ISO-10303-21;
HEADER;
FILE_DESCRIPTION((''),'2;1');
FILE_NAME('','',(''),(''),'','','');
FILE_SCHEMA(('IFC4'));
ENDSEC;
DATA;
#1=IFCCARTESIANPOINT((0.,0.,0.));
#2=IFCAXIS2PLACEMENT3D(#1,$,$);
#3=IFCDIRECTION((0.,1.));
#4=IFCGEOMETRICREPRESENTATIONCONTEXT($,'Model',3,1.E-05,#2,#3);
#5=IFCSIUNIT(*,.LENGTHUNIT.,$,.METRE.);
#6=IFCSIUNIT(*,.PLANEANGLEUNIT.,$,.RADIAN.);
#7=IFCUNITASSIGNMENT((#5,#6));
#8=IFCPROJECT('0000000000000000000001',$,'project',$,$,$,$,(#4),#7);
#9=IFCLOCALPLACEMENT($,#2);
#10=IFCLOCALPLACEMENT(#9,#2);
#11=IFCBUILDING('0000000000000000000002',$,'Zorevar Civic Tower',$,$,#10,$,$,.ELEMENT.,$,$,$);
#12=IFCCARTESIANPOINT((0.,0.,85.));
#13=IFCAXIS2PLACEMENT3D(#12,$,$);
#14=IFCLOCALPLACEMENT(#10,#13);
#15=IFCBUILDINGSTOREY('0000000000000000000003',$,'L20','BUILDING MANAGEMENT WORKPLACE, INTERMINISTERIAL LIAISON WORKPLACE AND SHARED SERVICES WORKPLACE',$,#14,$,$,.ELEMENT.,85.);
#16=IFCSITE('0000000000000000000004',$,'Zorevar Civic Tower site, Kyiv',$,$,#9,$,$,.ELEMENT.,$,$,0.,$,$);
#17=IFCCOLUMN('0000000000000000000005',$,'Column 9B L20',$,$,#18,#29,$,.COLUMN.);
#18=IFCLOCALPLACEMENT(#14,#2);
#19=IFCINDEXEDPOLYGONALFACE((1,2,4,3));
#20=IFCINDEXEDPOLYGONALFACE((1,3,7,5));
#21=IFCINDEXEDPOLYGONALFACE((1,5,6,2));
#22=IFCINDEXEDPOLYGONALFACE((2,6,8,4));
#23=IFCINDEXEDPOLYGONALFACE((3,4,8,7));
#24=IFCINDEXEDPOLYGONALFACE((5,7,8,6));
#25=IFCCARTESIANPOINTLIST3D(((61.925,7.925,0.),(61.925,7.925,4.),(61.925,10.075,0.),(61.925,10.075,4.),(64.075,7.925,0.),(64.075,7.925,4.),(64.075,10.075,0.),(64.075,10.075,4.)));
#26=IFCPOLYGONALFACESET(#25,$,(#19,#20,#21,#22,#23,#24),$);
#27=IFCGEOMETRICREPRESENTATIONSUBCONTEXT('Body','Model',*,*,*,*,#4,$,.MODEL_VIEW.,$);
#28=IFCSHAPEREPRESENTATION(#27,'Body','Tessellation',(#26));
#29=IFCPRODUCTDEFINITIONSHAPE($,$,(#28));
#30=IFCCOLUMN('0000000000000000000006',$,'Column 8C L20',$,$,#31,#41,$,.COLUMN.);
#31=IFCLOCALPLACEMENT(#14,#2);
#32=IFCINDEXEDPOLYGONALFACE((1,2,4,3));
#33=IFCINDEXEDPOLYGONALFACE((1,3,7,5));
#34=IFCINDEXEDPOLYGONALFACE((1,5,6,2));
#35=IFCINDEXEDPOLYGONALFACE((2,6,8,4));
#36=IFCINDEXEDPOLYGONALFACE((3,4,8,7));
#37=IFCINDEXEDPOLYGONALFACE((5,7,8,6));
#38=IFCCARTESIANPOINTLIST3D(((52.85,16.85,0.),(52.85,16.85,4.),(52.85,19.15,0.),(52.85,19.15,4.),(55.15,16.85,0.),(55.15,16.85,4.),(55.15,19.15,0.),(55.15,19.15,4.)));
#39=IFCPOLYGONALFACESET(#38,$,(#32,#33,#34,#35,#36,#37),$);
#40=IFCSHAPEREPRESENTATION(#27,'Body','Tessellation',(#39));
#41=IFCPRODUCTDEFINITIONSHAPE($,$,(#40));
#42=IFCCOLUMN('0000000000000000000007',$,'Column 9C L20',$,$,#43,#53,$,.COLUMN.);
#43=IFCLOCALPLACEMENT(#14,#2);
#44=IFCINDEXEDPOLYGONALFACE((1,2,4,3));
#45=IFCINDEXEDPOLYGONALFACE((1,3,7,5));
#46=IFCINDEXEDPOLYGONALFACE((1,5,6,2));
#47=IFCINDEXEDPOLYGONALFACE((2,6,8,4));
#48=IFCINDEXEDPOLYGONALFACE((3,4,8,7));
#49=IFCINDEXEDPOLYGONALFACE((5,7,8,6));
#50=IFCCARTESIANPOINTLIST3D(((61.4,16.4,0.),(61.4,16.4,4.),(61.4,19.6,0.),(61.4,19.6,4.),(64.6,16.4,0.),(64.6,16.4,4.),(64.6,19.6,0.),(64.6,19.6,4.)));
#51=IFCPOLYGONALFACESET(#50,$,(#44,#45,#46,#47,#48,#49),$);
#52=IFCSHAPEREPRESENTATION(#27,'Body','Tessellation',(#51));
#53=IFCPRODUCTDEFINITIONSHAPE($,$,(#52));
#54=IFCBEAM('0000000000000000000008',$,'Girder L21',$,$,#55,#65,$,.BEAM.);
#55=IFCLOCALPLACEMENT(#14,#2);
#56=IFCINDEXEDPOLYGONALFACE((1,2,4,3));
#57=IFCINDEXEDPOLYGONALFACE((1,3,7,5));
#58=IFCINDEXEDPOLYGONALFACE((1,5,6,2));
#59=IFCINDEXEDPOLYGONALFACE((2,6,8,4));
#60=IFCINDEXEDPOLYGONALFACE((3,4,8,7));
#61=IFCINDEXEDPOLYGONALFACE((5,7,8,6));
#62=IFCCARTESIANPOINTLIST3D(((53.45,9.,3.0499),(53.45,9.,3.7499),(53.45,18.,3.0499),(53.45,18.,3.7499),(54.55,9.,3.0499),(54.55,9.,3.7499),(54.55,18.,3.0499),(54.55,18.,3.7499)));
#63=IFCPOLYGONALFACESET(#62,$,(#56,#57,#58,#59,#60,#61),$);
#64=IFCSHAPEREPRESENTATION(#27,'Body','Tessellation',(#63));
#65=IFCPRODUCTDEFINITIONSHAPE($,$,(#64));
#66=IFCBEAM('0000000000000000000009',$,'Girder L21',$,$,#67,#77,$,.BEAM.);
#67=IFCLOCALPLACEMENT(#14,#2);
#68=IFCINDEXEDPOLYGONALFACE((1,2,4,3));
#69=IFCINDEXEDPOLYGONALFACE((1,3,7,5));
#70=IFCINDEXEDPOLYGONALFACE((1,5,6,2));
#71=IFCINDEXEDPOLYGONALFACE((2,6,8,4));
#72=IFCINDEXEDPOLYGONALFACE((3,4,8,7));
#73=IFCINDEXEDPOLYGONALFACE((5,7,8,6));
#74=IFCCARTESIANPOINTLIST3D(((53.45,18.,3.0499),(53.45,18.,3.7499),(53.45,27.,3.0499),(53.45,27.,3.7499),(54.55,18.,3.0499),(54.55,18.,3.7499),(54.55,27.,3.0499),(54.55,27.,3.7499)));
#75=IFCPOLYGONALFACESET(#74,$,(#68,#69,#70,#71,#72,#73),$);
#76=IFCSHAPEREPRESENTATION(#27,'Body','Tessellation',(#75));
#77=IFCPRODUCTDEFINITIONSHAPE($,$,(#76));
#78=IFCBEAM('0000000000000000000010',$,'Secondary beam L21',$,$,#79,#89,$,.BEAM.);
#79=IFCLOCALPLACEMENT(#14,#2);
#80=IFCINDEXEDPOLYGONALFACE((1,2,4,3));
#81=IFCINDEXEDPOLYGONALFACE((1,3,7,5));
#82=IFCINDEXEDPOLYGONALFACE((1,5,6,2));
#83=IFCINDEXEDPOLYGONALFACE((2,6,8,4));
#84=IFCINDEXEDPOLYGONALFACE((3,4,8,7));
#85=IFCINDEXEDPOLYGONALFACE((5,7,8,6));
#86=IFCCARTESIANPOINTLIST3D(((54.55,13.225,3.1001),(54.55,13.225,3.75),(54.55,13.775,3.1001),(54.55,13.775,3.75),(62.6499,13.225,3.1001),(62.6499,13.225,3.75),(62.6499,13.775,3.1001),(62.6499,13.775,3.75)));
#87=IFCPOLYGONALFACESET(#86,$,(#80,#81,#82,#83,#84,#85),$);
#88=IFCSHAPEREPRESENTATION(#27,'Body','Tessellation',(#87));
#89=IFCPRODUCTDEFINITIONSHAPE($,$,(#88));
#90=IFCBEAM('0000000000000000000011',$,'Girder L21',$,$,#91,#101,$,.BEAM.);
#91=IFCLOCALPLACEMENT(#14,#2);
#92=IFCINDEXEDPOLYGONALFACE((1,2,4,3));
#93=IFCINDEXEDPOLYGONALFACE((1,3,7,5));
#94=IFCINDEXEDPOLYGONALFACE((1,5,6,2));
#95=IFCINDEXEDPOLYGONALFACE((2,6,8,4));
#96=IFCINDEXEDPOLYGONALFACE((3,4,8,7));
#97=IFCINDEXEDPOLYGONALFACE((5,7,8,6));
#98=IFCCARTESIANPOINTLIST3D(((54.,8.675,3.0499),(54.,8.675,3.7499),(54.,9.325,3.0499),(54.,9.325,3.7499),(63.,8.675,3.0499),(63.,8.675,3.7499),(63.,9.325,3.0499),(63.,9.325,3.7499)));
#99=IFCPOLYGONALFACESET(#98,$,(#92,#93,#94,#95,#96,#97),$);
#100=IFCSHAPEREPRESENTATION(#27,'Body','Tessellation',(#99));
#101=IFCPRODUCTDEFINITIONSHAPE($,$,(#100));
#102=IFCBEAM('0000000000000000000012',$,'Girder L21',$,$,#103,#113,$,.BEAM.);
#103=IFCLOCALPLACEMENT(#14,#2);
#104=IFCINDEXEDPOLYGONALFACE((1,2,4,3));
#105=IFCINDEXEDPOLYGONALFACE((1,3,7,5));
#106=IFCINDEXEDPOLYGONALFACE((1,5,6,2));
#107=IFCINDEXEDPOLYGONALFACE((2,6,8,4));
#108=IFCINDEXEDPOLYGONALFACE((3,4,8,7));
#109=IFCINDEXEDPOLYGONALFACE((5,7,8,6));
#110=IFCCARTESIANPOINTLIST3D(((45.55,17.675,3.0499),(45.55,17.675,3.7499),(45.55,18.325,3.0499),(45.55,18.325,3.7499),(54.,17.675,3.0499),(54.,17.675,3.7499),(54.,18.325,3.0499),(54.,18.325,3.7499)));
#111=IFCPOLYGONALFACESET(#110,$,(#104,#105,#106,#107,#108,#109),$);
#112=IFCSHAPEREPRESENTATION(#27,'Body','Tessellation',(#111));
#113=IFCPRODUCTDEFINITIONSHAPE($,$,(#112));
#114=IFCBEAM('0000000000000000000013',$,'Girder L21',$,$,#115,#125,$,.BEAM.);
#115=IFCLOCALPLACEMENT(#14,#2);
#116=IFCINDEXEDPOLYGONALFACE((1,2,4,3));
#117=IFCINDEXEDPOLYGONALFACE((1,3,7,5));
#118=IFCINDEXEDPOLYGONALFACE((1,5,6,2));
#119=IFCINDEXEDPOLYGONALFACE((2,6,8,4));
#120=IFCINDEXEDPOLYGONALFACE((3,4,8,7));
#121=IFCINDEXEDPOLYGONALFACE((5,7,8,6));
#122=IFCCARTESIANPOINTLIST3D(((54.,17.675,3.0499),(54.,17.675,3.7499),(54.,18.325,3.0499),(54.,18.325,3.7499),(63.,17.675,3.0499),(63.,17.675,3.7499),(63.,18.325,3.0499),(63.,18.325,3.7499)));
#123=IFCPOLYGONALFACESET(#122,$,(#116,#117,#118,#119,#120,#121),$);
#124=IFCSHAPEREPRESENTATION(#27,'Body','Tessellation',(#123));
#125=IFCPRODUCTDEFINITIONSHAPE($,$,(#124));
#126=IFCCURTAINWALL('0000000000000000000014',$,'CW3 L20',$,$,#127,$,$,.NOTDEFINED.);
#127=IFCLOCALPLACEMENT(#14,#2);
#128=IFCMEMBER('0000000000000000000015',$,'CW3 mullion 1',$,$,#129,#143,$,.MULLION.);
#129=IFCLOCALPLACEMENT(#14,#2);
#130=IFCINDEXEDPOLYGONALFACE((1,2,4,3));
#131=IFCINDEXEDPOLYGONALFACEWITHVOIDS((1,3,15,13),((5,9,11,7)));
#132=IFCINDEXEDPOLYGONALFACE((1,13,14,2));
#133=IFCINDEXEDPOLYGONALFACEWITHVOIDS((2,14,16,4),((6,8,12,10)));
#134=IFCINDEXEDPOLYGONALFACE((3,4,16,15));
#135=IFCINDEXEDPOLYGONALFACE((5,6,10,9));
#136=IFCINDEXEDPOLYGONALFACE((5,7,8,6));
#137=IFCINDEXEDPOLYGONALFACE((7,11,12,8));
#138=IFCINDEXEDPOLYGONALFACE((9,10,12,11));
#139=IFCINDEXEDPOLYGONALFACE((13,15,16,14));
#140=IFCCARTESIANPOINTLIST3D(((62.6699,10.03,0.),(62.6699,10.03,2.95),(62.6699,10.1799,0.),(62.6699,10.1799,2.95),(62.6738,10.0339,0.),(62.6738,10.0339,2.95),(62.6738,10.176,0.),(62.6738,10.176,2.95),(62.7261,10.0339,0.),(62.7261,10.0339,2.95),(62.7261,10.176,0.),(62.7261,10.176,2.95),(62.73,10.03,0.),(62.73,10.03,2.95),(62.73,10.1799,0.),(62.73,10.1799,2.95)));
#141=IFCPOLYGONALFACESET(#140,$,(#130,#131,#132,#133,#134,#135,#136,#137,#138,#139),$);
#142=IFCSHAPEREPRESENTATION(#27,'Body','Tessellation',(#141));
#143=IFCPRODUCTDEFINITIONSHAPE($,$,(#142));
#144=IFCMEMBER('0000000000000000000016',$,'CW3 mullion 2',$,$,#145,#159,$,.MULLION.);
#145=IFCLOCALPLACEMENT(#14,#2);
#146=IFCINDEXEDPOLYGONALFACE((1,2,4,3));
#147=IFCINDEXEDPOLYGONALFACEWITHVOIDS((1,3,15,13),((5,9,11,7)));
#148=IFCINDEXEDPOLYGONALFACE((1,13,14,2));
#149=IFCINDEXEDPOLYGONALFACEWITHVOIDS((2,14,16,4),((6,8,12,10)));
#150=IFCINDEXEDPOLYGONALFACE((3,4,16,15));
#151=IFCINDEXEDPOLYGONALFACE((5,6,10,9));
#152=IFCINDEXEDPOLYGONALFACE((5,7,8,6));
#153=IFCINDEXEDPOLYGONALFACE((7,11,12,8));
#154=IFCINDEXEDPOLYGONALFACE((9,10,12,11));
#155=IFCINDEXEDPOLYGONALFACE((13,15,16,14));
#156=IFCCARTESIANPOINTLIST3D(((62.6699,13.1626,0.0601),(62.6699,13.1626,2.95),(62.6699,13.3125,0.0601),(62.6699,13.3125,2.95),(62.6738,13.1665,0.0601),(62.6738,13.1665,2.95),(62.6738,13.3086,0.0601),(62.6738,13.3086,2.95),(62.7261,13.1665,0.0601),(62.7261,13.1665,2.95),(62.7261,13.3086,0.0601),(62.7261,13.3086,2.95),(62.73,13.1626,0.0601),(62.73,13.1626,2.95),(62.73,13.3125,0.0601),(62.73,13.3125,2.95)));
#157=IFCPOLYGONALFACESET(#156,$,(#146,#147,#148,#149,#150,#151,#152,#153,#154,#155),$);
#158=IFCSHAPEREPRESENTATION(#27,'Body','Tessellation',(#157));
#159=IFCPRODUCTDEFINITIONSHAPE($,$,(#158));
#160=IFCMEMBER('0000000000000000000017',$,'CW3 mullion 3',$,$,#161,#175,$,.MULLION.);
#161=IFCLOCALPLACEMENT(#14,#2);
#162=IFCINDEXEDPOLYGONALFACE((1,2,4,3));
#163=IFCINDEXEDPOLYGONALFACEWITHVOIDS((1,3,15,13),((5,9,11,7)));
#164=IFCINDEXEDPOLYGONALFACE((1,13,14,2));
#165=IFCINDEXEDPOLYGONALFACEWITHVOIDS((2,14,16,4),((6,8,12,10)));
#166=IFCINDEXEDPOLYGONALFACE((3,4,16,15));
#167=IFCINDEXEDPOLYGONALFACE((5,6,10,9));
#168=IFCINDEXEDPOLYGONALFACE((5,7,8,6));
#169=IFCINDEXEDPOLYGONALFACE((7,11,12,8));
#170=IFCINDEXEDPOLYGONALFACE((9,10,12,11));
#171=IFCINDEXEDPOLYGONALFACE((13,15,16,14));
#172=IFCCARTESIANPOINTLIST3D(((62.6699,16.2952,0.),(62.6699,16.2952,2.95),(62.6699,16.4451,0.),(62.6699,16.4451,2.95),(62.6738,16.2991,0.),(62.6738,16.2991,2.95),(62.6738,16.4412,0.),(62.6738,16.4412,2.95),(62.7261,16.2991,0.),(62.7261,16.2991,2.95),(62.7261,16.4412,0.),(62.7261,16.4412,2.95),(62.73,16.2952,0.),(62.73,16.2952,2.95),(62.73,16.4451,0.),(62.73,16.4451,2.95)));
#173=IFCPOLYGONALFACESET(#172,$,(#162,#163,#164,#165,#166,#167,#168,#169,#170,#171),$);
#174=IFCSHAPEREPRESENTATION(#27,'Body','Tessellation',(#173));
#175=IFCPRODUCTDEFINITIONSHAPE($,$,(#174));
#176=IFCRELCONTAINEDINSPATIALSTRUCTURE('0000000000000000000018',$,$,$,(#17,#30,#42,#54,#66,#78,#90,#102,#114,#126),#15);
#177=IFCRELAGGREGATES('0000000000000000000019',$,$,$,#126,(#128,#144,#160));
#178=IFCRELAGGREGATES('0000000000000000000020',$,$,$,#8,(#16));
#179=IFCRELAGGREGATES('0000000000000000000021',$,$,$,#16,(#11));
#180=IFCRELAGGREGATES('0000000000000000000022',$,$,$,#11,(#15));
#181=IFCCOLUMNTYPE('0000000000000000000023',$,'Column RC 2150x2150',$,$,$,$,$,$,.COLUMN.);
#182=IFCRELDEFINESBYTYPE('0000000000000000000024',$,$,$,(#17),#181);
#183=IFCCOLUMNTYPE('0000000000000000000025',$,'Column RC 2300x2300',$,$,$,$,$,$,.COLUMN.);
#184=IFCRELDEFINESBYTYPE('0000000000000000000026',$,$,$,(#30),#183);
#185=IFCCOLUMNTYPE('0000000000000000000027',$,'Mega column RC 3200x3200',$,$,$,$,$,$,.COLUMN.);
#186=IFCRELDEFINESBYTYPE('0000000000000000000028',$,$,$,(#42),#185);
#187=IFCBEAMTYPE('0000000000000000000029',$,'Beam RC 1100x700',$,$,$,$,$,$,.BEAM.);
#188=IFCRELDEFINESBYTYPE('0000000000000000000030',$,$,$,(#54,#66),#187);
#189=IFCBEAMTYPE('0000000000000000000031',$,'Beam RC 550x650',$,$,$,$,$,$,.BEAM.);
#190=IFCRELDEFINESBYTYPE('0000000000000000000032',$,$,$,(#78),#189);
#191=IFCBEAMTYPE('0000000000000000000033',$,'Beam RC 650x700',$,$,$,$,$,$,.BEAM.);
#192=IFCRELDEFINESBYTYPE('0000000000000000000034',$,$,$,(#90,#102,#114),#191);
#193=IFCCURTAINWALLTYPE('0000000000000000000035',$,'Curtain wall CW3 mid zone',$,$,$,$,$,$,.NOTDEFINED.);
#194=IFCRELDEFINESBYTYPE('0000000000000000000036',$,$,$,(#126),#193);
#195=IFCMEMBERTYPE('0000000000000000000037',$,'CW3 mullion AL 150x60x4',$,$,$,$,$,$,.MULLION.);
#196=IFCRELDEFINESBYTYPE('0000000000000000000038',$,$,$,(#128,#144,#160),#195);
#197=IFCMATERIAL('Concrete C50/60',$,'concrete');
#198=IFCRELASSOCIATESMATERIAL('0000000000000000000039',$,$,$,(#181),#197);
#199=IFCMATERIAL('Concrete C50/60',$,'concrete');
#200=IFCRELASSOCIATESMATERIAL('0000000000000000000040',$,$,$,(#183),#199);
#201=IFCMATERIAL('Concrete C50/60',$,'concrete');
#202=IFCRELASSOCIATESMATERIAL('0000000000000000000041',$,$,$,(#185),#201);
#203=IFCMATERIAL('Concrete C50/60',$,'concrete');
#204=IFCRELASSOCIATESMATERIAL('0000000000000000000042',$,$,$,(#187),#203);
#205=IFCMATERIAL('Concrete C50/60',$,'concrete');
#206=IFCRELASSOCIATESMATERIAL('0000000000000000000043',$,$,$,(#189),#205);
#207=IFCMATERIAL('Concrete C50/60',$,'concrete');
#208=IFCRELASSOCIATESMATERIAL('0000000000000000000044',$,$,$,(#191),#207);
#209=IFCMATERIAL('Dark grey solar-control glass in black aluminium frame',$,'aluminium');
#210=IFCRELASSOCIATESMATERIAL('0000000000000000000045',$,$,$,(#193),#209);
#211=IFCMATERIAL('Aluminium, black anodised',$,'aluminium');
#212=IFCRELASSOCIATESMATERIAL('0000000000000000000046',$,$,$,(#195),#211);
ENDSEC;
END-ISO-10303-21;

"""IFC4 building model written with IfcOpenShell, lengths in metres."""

from ifc_helpers import new_model, si_unit, direction, frame, origin, origin_2d, place, context, subcontext, project, spatial, rectangle, hollow_rectangle, extrude, material, material_profile, profile_set, type_object, element, aggregate, save


model = new_model("IFC4")

# Units and contexts
model_context = context("Model", 3, precision=1e-05, world=origin(), true_north=direction((0.0, 1.0)))
body_context = subcontext(model_context, "Body", "Model", "MODEL_VIEW")
ifc_project = project(units=[si_unit("LENGTHUNIT", "METRE"), si_unit("PLANEANGLEUNIT", "RADIAN")], contexts=[model_context])

# Site, building, storey
site_placement = place(None, origin())
site = spatial("IfcSite", under=ifc_project, at=site_placement, Name="Zorevar Civic Tower site, Kyiv", CompositionType="ELEMENT", RefElevation=0.0)
building_placement = place(site_placement, origin())
building = spatial("IfcBuilding", under=site, at=building_placement, Name="Zorevar Civic Tower", CompositionType="ELEMENT")
storey_placement = place(building_placement, frame((0.0, 0.0, 85.0)))
storey = spatial("IfcBuildingStorey", under=building, at=storey_placement, Name="L20", Description="BUILDING MANAGEMENT WORKPLACE, INTERMINISTERIAL LIAISON WORKPLACE AND SHARED SERVICES WORKPLACE", CompositionType="ELEMENT", Elevation=85.0)

# Columns
ifc_material_1 = material(Name="Concrete C50/60", Category="concrete")
ifc_material_profile_1 = material_profile(ifc_material_1, rectangle(XDim=2.1499, YDim=2.1499, at=origin_2d()), Name="RC 2150x2150")
ifc_profile_set_1 = profile_set([ifc_material_profile_1], Name="Concrete C50/60")
column_type_1 = type_object("IfcColumnType", Name="Column RC 2150x2150", PredefinedType="COLUMN", material=ifc_profile_set_1)
column_1_placement = place(storey_placement, frame((63.0, 9.0, 0.0), z_axis=(0.0, 0.0, 1.0), x_axis=(1.0, 0.0, 0.0)))
element("IfcColumn", 1, at=column_1_placement, inside=storey, type_object=column_type_1, Name="Column 9B L20", PredefinedType="COLUMN", context=body_context, shape_type="SweptSolid", body=[
    extrude(rectangle(XDim=2.1499, YDim=2.1499, at=origin_2d()), origin(), (0.0, 0.0, 1.0), 4.0),
])
ifc_material_2 = material(Name="Concrete C50/60", Category="concrete")
ifc_material_profile_2 = material_profile(ifc_material_2, rectangle(XDim=2.3, YDim=2.3, at=origin_2d()), Name="RC 2300x2300")
ifc_profile_set_2 = profile_set([ifc_material_profile_2], Name="Concrete C50/60")
column_type_2 = type_object("IfcColumnType", Name="Column RC 2300x2300", PredefinedType="COLUMN", material=ifc_profile_set_2)
column_2_placement = place(storey_placement, frame((54.0, 18.0, 0.0), z_axis=(0.0, 0.0, 1.0), x_axis=(1.0, 0.0, 0.0)))
element("IfcColumn", 2, at=column_2_placement, inside=storey, type_object=column_type_2, Name="Column 8C L20", PredefinedType="COLUMN", context=body_context, shape_type="SweptSolid", body=[
    extrude(rectangle(XDim=2.3, YDim=2.3, at=origin_2d()), origin(), (0.0, 0.0, 1.0), 4.0),
])
ifc_material_3 = material(Name="Concrete C50/60", Category="concrete")
ifc_material_profile_3 = material_profile(ifc_material_3, rectangle(XDim=3.2, YDim=3.2, at=origin_2d()), Name="RC 3200x3200")
ifc_profile_set_3 = profile_set([ifc_material_profile_3], Name="Concrete C50/60")
column_type_3 = type_object("IfcColumnType", Name="Mega column RC 3200x3200", PredefinedType="COLUMN", material=ifc_profile_set_3)
column_3_placement = place(storey_placement, frame((63.0, 18.0, 0.0), z_axis=(0.0, 0.0, 1.0), x_axis=(1.0, 0.0, 0.0)))
element("IfcColumn", 3, at=column_3_placement, inside=storey, type_object=column_type_3, Name="Column 9C L20", PredefinedType="COLUMN", context=body_context, shape_type="SweptSolid", body=[
    extrude(rectangle(XDim=3.2, YDim=3.2, at=origin_2d()), origin(), (0.0, 0.0, 1.0), 4.0),
])

# Beams
ifc_material_4 = material(Name="Concrete C50/60", Category="concrete")
ifc_material_profile_4 = material_profile(ifc_material_4, rectangle(XDim=1.1001, YDim=0.7, at=origin_2d()), Name="RC 1100x700")
ifc_profile_set_4 = profile_set([ifc_material_profile_4], Name="Concrete C50/60")
beam_type_1 = type_object("IfcBeamType", Name="Beam RC 1100x700", PredefinedType="BEAM", material=ifc_profile_set_4)
for number, where, z_axis, x_axis, name in (
    (4, (54.0, 9.0, 3.3999), (0.0, 1.0, 0.0), (-1.0, 0.0, 0.0), "Girder L21"),
    (5, (54.0, 18.0, 3.3999), (0.0, 1.0, 0.0), (-1.0, 0.0, 0.0), "Girder L21"),
):
    element("IfcBeam", number, at=place(storey_placement, frame(where, z_axis=z_axis, x_axis=x_axis)), inside=storey, type_object=beam_type_1, Name=name, PredefinedType="BEAM", context=body_context, shape_type="SweptSolid", body=[
        extrude(rectangle(XDim=1.1001, YDim=0.7, at=origin_2d()), origin(), (0.0, 0.0, 1.0), 9.0),
    ])
ifc_material_5 = material(Name="Concrete C50/60", Category="concrete")
ifc_material_profile_5 = material_profile(ifc_material_5, rectangle(XDim=0.55, YDim=0.6499, at=origin_2d()), Name="RC 550x650")
ifc_profile_set_5 = profile_set([ifc_material_profile_5], Name="Concrete C50/60")
beam_type_2 = type_object("IfcBeamType", Name="Beam RC 550x650", PredefinedType="BEAM", material=ifc_profile_set_5)
beam_1_placement = place(storey_placement, frame((54.55, 13.5, 3.425), z_axis=(1.0, 0.0, 0.0), x_axis=(0.0, 1.0, 0.0)))
element("IfcBeam", 6, at=beam_1_placement, inside=storey, type_object=beam_type_2, Name="Secondary beam L21", PredefinedType="BEAM", context=body_context, shape_type="SweptSolid", body=[
    extrude(rectangle(XDim=0.55, YDim=0.6499, at=origin_2d()), origin(), (0.0, 0.0, 1.0), 8.0999),
])
ifc_material_6 = material(Name="Concrete C50/60", Category="concrete")
ifc_material_profile_6 = material_profile(ifc_material_6, rectangle(XDim=0.6499, YDim=0.7, at=origin_2d()), Name="RC 650x700")
ifc_profile_set_6 = profile_set([ifc_material_profile_6], Name="Concrete C50/60")
beam_type_3 = type_object("IfcBeamType", Name="Beam RC 650x700", PredefinedType="BEAM", material=ifc_profile_set_6)
beam_2_placement = place(storey_placement, frame((54.0, 9.0, 3.3999), z_axis=(1.0, 0.0, 0.0), x_axis=(0.0, 1.0, 0.0)))
element("IfcBeam", 7, at=beam_2_placement, inside=storey, type_object=beam_type_3, Name="Girder L21", PredefinedType="BEAM", context=body_context, shape_type="SweptSolid", body=[
    extrude(rectangle(XDim=0.6499, YDim=0.7, at=origin_2d()), origin(), (0.0, 0.0, 1.0), 9.0),
])
beam_3_placement = place(storey_placement, frame((45.55, 18.0, 3.3999), z_axis=(1.0, 0.0, 0.0), x_axis=(0.0, 1.0, 0.0)))
element("IfcBeam", 8, at=beam_3_placement, inside=storey, type_object=beam_type_3, Name="Girder L21", PredefinedType="BEAM", context=body_context, shape_type="SweptSolid", body=[
    extrude(rectangle(XDim=0.6499, YDim=0.7, at=origin_2d()), origin(), (0.0, 0.0, 1.0), 8.45),
])
beam_4_placement = place(storey_placement, frame((54.0, 18.0, 3.3999), z_axis=(1.0, 0.0, 0.0), x_axis=(0.0, 1.0, 0.0)))
element("IfcBeam", 9, at=beam_4_placement, inside=storey, type_object=beam_type_3, Name="Girder L21", PredefinedType="BEAM", context=body_context, shape_type="SweptSolid", body=[
    extrude(rectangle(XDim=0.6499, YDim=0.7, at=origin_2d()), origin(), (0.0, 0.0, 1.0), 9.0),
])

# Curtain wall, members
ifc_material_7 = material(Name="Dark grey solar-control glass in black aluminium frame", Category="aluminium")
curtain_wall_type = type_object("IfcCurtainWallType", Name="Curtain wall CW3 mid zone", PredefinedType="NOTDEFINED", material=ifc_material_7)
curtain_wall_1_placement = place(storey_placement, origin())
curtain_wall_1 = element("IfcCurtainWall", 10, at=curtain_wall_1_placement, inside=storey, type_object=curtain_wall_type, Name="CW3 L20", PredefinedType="NOTDEFINED")
ifc_material_8 = material(Name="Aluminium, black anodised", Category="aluminium")
ifc_material_profile_7 = material_profile(ifc_material_8, hollow_rectangle(XDim=0.0601, YDim=0.1499, WallThickness=0.0039, at=origin_2d()), Name="AL 150x60x4")
ifc_profile_set_7 = profile_set([ifc_material_profile_7], Name="Aluminium, black anodised")
member_type_1 = type_object("IfcMemberType", Name="CW3 mullion AL 150x60x4", PredefinedType="MULLION", material=ifc_profile_set_7)
member_1_placement = place(storey_placement, frame((62.7, 10.105, 0.0), z_axis=(0.0, 0.0, 1.0), x_axis=(-1.0, 0.0, 0.0)))
member_1 = element("IfcMember", 11, at=member_1_placement, type_object=member_type_1, Name="CW3 mullion 1", PredefinedType="MULLION", context=body_context, shape_type="SweptSolid", body=[
    extrude(hollow_rectangle(XDim=0.0601, YDim=0.1499, WallThickness=0.0039, at=origin_2d()), origin(), (0.0, 0.0, 1.0), 2.95),
])
member_2_placement = place(storey_placement, frame((62.7, 13.2375, 0.0601), z_axis=(0.0, 0.0, 1.0), x_axis=(-1.0, 0.0, 0.0)))
member_2 = element("IfcMember", 12, at=member_2_placement, type_object=member_type_1, Name="CW3 mullion 2", PredefinedType="MULLION", context=body_context, shape_type="SweptSolid", body=[
    extrude(hollow_rectangle(XDim=0.0601, YDim=0.1499, WallThickness=0.0039, at=origin_2d()), origin(), (0.0, 0.0, 1.0), 2.8899),
])
member_3_placement = place(storey_placement, frame((62.7, 16.3701, 0.0), z_axis=(0.0, 0.0, 1.0), x_axis=(-1.0, 0.0, 0.0)))
member_3 = element("IfcMember", 13, at=member_3_placement, type_object=member_type_1, Name="CW3 mullion 3", PredefinedType="MULLION", context=body_context, shape_type="SweptSolid", body=[
    extrude(hollow_rectangle(XDim=0.0601, YDim=0.1499, WallThickness=0.0039, at=origin_2d()), origin(), (0.0, 0.0, 1.0), 2.95),
])

aggregate(curtain_wall_1, [member_1, member_2, member_3])

save(model, "model.ifc")
